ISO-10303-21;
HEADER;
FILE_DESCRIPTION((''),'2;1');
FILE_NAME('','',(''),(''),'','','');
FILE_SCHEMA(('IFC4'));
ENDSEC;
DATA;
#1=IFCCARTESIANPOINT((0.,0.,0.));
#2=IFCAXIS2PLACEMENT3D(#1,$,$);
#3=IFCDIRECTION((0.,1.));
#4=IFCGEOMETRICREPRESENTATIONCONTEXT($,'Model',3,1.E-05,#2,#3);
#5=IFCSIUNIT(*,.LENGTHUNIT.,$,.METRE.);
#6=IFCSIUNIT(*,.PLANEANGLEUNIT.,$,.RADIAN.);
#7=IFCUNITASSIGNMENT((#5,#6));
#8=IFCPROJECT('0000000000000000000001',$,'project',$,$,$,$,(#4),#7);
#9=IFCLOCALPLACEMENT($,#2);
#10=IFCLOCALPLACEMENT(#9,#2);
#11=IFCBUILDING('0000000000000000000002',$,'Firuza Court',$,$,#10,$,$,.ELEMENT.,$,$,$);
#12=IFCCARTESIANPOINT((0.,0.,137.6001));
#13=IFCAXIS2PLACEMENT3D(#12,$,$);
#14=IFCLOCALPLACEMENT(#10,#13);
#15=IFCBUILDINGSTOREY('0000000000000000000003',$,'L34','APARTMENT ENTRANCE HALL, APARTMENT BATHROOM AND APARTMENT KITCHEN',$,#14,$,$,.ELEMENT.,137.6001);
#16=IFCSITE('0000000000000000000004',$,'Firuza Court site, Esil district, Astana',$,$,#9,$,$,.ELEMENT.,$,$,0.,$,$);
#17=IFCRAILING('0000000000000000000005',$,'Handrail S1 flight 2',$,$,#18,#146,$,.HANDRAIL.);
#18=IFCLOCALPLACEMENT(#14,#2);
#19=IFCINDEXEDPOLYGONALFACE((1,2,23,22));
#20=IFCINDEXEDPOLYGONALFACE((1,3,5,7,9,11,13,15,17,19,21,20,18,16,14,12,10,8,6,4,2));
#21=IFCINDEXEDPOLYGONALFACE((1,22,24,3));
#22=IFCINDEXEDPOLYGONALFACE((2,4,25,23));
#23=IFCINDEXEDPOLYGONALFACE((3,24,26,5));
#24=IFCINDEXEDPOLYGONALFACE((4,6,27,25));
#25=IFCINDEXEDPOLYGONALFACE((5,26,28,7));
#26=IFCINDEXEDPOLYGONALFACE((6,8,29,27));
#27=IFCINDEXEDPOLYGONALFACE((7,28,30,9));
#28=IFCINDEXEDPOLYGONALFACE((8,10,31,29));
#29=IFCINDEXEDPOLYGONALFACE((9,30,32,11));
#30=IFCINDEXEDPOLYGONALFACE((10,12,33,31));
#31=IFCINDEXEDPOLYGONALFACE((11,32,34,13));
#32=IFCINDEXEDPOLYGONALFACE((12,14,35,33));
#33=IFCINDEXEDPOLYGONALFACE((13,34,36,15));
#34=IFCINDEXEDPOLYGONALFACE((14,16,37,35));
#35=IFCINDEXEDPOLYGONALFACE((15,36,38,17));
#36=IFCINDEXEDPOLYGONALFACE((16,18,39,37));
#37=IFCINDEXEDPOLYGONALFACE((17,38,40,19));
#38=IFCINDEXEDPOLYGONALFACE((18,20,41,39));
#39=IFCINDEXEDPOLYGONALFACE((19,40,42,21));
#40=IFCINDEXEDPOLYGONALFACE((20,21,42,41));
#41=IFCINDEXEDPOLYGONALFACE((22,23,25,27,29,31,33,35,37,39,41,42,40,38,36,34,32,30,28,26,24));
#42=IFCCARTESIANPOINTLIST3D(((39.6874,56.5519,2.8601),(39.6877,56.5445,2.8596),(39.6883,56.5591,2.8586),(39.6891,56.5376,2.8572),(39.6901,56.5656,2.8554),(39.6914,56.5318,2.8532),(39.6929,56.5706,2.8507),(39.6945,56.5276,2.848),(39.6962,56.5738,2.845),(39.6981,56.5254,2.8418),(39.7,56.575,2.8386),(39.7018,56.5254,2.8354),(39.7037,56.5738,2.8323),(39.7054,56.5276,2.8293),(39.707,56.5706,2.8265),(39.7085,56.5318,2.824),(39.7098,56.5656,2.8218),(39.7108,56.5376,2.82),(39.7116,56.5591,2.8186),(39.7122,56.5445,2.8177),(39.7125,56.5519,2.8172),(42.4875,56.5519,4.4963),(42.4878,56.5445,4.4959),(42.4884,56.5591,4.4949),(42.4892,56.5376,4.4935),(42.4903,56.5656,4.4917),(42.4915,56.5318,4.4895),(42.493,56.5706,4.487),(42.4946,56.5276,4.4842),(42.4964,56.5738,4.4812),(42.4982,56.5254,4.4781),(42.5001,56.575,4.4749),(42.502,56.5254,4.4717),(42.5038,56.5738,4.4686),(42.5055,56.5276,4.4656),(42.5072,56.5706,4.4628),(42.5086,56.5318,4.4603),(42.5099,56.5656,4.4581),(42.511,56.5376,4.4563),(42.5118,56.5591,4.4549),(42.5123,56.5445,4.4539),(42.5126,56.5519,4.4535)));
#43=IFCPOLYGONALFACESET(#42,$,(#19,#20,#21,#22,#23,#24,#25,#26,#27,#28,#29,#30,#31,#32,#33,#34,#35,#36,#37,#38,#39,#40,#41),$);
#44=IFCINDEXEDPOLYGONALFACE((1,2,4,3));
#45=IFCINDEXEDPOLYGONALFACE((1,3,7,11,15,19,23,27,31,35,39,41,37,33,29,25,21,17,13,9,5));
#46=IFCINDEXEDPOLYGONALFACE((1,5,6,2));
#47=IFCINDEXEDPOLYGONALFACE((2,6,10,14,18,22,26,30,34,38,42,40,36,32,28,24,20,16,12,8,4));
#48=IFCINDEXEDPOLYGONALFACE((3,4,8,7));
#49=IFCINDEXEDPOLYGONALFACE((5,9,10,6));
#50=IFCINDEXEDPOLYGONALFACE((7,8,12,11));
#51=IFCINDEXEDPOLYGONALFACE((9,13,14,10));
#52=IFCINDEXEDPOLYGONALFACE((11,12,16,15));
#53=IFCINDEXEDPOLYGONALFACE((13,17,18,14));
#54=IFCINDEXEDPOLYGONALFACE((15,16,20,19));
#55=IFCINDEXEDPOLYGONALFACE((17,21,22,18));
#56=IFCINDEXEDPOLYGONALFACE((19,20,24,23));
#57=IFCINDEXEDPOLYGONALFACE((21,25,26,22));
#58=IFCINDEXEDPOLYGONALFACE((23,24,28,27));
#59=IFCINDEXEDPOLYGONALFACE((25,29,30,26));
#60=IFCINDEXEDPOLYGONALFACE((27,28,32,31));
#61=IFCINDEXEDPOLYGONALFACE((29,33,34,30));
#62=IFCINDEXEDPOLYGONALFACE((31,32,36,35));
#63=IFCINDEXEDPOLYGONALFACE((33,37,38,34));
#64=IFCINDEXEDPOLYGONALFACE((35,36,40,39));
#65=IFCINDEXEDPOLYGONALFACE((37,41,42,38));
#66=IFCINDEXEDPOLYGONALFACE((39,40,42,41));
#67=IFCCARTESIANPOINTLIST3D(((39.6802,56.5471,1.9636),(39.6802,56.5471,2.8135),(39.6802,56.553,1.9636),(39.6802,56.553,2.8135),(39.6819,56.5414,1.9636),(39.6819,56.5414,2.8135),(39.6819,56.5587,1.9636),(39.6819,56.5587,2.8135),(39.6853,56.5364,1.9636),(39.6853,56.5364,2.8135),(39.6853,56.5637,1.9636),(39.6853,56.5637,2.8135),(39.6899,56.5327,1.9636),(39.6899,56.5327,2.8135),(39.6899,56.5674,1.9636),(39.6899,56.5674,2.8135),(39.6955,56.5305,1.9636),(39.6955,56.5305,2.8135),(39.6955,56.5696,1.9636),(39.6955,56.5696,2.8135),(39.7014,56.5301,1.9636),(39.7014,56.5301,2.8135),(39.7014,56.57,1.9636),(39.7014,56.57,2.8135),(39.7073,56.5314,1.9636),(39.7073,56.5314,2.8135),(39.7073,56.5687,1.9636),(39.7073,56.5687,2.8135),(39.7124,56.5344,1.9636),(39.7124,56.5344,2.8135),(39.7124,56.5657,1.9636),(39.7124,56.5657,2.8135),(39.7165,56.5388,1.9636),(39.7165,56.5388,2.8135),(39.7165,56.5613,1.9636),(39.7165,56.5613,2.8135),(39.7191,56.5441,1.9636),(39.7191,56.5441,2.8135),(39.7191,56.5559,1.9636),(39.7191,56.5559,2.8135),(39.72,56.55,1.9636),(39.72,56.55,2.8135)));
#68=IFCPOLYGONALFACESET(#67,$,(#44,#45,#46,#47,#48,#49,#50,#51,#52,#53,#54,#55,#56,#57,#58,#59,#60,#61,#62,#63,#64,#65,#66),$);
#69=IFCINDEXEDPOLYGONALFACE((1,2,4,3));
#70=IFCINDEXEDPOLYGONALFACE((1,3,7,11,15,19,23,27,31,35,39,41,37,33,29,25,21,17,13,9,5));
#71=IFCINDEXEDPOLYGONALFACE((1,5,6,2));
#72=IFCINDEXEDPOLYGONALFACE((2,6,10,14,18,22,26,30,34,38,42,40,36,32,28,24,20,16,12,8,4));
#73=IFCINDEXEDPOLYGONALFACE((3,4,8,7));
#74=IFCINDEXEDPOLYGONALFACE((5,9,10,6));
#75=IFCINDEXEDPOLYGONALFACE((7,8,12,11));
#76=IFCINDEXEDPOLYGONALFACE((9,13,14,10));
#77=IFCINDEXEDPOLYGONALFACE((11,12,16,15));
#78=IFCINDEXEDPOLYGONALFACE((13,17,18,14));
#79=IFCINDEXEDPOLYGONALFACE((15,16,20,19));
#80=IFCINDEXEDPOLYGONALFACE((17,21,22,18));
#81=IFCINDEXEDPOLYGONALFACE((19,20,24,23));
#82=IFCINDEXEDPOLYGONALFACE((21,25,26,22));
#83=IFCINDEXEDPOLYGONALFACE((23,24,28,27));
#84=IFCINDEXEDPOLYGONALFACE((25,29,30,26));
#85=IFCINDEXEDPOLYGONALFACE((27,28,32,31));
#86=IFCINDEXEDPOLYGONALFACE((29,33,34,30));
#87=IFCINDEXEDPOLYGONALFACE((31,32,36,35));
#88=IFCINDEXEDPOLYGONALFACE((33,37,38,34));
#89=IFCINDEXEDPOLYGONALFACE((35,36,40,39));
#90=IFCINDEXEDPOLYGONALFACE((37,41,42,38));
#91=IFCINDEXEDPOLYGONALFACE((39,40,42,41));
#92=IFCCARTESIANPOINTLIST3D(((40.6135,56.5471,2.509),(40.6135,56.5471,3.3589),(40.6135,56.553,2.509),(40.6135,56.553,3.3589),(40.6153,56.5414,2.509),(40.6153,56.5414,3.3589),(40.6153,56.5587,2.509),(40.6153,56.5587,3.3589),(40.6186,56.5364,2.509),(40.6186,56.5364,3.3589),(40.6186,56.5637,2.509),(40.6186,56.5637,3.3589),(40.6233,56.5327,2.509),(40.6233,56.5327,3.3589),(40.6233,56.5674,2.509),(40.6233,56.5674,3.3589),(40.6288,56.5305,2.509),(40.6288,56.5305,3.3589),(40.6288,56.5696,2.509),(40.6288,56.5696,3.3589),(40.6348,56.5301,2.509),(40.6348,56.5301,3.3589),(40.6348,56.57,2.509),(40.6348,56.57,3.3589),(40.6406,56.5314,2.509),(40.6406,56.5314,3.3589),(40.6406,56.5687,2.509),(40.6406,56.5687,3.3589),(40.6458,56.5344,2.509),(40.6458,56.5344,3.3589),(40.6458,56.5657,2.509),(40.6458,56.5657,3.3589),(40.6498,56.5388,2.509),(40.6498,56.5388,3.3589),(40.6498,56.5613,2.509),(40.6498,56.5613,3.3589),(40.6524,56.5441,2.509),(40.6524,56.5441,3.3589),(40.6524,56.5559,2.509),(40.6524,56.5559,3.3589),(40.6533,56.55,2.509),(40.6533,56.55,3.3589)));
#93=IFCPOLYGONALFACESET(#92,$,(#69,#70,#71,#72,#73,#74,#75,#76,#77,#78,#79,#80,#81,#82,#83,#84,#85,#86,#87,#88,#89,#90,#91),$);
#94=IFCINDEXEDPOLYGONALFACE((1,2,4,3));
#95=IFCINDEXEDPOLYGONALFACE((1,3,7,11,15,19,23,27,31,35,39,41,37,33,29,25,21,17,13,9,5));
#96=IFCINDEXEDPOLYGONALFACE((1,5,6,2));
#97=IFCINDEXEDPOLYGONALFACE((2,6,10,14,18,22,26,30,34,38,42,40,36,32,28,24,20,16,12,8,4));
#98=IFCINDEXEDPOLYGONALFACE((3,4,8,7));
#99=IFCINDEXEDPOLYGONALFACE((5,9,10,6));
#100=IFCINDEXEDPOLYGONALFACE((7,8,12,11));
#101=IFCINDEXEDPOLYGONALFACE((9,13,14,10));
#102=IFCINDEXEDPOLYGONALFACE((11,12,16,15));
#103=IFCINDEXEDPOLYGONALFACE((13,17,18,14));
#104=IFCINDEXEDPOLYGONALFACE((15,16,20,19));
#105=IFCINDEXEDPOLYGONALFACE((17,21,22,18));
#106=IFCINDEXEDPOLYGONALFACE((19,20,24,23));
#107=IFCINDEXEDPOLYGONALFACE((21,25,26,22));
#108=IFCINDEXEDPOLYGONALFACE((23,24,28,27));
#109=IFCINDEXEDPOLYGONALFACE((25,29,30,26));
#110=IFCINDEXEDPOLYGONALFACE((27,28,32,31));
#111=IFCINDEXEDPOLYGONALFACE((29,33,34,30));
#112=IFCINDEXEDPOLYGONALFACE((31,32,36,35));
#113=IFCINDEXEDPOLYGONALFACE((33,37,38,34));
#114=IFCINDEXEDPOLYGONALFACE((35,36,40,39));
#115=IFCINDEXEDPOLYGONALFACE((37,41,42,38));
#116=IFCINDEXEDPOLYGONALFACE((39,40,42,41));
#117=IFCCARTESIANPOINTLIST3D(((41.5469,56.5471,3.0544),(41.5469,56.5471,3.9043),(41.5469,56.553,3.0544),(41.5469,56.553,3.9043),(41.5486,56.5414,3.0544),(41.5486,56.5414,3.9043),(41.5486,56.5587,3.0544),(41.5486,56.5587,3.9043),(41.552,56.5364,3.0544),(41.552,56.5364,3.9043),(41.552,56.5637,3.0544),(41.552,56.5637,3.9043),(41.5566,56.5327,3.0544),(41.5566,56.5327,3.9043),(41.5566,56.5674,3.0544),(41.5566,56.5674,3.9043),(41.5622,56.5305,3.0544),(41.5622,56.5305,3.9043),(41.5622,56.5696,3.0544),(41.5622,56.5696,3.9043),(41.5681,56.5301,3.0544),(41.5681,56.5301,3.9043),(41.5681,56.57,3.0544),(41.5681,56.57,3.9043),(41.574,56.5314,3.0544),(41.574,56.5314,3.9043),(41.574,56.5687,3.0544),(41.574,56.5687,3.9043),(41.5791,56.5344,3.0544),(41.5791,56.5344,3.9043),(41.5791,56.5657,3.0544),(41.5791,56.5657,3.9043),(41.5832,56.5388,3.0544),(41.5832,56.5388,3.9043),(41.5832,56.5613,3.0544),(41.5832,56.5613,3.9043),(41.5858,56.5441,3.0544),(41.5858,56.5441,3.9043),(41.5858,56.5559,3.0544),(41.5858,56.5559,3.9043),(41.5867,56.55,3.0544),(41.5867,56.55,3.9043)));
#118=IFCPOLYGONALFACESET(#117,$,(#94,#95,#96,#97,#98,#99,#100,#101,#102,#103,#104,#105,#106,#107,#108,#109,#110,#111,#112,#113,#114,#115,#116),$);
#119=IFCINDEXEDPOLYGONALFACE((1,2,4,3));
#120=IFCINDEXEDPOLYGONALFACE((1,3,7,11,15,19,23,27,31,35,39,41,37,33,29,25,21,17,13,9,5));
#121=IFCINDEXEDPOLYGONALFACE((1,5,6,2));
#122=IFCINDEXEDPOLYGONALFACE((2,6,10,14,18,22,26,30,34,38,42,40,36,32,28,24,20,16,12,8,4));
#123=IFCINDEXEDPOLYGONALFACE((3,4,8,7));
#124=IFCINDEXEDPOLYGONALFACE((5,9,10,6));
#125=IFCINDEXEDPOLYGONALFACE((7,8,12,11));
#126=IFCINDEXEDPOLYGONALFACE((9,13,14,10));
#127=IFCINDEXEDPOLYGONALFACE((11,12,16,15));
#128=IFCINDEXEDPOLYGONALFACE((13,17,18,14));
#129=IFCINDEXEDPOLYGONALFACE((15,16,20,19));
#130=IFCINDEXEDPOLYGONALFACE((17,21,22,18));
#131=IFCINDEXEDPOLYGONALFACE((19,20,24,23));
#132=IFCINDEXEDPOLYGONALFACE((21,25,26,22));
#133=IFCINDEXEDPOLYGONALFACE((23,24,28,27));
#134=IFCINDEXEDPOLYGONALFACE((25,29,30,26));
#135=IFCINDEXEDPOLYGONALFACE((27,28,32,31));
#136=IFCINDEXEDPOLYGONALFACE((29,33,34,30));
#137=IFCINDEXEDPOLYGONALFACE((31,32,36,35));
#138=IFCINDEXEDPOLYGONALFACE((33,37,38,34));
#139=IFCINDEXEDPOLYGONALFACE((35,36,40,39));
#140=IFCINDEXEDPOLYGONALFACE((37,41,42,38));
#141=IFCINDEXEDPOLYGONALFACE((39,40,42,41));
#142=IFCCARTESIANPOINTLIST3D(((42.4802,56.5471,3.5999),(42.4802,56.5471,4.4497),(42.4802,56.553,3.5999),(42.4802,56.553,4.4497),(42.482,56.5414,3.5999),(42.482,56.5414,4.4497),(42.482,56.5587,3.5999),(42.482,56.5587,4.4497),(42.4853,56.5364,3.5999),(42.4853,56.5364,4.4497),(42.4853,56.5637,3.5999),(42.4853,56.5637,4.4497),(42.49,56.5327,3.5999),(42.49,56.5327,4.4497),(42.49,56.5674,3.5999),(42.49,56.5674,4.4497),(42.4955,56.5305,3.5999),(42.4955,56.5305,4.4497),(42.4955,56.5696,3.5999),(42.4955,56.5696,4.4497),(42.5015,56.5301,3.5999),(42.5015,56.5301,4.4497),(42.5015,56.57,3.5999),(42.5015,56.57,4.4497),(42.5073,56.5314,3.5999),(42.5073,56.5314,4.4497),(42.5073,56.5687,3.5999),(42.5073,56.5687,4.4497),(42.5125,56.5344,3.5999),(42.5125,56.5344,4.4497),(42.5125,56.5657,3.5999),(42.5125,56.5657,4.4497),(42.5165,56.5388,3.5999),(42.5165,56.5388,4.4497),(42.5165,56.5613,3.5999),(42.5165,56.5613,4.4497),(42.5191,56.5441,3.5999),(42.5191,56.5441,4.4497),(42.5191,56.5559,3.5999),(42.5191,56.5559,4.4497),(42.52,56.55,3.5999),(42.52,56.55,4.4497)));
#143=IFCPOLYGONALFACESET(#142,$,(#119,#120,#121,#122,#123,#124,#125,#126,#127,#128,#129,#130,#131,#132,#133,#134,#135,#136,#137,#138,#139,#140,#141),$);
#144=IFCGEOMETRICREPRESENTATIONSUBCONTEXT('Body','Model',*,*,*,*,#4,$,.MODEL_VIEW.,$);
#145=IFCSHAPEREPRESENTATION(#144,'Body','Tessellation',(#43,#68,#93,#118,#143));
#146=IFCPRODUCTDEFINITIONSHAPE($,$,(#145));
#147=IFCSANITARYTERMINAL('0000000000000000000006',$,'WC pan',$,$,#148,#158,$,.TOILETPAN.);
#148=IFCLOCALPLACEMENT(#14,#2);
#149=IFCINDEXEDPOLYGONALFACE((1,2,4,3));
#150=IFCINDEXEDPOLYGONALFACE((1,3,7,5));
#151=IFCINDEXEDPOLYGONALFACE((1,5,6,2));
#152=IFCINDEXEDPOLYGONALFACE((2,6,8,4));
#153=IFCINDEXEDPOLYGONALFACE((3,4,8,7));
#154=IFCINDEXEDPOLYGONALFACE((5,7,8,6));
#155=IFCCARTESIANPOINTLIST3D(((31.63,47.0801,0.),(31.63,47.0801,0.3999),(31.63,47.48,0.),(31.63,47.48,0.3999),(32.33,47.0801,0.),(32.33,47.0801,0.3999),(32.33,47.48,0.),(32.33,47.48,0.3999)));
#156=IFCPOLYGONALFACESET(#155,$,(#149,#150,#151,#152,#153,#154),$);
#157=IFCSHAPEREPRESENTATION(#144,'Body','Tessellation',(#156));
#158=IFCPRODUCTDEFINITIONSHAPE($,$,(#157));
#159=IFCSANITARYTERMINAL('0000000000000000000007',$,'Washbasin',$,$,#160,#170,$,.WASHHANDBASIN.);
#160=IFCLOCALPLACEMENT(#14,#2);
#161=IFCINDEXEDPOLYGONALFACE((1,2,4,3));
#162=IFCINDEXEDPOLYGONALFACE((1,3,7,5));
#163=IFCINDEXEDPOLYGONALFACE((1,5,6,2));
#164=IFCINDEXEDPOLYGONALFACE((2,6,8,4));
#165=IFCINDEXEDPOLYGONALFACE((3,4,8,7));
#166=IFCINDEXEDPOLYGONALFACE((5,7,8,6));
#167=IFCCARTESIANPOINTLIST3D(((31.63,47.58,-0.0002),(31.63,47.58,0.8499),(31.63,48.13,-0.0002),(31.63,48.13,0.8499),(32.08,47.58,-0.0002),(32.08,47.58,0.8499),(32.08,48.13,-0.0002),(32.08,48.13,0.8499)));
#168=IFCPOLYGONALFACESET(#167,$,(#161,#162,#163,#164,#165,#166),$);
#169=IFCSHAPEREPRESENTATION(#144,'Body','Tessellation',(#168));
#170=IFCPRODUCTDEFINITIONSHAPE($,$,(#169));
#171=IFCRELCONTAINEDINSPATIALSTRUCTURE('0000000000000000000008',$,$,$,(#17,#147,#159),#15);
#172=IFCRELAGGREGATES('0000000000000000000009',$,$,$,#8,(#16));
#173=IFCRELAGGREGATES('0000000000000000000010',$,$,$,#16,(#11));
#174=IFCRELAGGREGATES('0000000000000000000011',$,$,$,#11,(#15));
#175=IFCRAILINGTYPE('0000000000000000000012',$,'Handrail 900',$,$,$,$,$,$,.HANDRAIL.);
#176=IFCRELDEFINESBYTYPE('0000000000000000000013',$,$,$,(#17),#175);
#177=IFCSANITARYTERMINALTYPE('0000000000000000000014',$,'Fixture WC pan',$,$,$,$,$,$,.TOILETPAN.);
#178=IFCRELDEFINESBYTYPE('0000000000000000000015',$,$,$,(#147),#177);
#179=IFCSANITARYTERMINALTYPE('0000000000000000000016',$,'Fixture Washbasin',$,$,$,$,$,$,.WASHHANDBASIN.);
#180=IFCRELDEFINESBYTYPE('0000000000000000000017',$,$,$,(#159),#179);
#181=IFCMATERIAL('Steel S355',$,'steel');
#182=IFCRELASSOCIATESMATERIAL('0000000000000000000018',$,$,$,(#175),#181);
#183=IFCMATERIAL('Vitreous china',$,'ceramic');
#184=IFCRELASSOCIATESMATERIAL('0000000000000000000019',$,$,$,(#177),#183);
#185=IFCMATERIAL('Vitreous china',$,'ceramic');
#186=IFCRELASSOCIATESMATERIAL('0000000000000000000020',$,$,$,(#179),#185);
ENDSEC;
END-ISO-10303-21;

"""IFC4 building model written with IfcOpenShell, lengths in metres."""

from ifc_helpers import new_model, si_unit, direction, frame, origin, origin_2d, place, context, subcontext, project, spatial, rectangle, circle, extrude, material, type_object, element, save


model = new_model("IFC4")

# Units and contexts
model_context = context("Model", 3, precision=1e-05, world=origin(), true_north=direction((0.0, 1.0)))
body_context = subcontext(model_context, "Body", "Model", "MODEL_VIEW")
ifc_project = project(units=[si_unit("LENGTHUNIT", "METRE"), si_unit("PLANEANGLEUNIT", "RADIAN")], contexts=[model_context])

# Site, building, storey
site_placement = place(None, origin())
site = spatial("IfcSite", under=ifc_project, at=site_placement, Name="Firuza Court site, Esil district, Astana", CompositionType="ELEMENT", RefElevation=0.0)
building_placement = place(site_placement, origin())
building = spatial("IfcBuilding", under=site, at=building_placement, Name="Firuza Court", CompositionType="ELEMENT")
storey_placement = place(building_placement, frame((0.0, 0.0, 137.6001)))
storey = spatial("IfcBuildingStorey", under=building, at=storey_placement, Name="L34", Description="APARTMENT ENTRANCE HALL, APARTMENT BATHROOM AND APARTMENT KITCHEN", CompositionType="ELEMENT", Elevation=137.6001)

# Railing
ifc_material_1 = material(Name="Steel S355", Category="steel")
railing_type = type_object("IfcRailingType", Name="Handrail 900", PredefinedType="HANDRAIL", material=ifc_material_1)
railing_placement = place(storey_placement, frame((39.7, 56.55, 1.9636)))
element("IfcRailing", 1, at=railing_placement, inside=storey, type_object=railing_type, Name="Handrail S1 flight 2", PredefinedType="HANDRAIL", context=body_context, shape_type="SweptSolid", body=[
    extrude(circle(Radius=0.0249, at=origin_2d()), frame((0.0, 0.0, 0.875), z_axis=(0.863394, 0.0, 0.504531), x_axis=(0.0, 1.0, 0.0)), (0.0, 0.0, 1.0), 3.2432),
    extrude(circle(Radius=0.02, at=origin_2d()), origin(), (0.0, 0.0, 1.0), 0.8499),
    extrude(circle(Radius=0.02, at=origin_2d()), frame((0.9333, 0.0, 0.5454)), (0.0, 0.0, 1.0), 0.8499),
    extrude(circle(Radius=0.02, at=origin_2d()), frame((1.8667, 0.0, 1.0908)), (0.0, 0.0, 1.0), 0.8499),
    extrude(circle(Radius=0.02, at=origin_2d()), frame((2.8, 0.0, 1.6362)), (0.0, 0.0, 1.0), 0.8499),
])

# Sanitary terminals
ifc_material_2 = material(Name="Vitreous china", Category="ceramic")
sanitary_terminal_type_1 = type_object("IfcSanitaryTerminalType", Name="Fixture WC pan", PredefinedType="TOILETPAN", material=ifc_material_2)
sanitary_terminal_1_placement = place(storey_placement, frame((31.98, 47.28, 0.0), z_axis=(0.0, 0.0, 1.0), x_axis=(1.0, 0.0, 0.0)))
element("IfcSanitaryTerminal", 2, at=sanitary_terminal_1_placement, inside=storey, type_object=sanitary_terminal_type_1, Name="WC pan", PredefinedType="TOILETPAN", context=body_context, shape_type="SweptSolid", body=[
    extrude(rectangle(XDim=0.7, YDim=0.3999, at=origin_2d()), origin(), (0.0, 0.0, 1.0), 0.3999),
])
ifc_material_3 = material(Name="Vitreous china", Category="ceramic")
sanitary_terminal_type_2 = type_object("IfcSanitaryTerminalType", Name="Fixture Washbasin", PredefinedType="WASHHANDBASIN", material=ifc_material_3)
sanitary_terminal_2_placement = place(storey_placement, frame((31.855, 47.855, -0.0002), z_axis=(0.0, 0.0, 1.0), x_axis=(1.0, 0.0, 0.0)))
element("IfcSanitaryTerminal", 3, at=sanitary_terminal_2_placement, inside=storey, type_object=sanitary_terminal_type_2, Name="Washbasin", PredefinedType="WASHHANDBASIN", context=body_context, shape_type="SweptSolid", body=[
    extrude(rectangle(XDim=0.45, YDim=0.55, at=origin_2d()), origin(), (0.0, 0.0, 1.0), 0.8501),
])

save(model, "model.ifc")
